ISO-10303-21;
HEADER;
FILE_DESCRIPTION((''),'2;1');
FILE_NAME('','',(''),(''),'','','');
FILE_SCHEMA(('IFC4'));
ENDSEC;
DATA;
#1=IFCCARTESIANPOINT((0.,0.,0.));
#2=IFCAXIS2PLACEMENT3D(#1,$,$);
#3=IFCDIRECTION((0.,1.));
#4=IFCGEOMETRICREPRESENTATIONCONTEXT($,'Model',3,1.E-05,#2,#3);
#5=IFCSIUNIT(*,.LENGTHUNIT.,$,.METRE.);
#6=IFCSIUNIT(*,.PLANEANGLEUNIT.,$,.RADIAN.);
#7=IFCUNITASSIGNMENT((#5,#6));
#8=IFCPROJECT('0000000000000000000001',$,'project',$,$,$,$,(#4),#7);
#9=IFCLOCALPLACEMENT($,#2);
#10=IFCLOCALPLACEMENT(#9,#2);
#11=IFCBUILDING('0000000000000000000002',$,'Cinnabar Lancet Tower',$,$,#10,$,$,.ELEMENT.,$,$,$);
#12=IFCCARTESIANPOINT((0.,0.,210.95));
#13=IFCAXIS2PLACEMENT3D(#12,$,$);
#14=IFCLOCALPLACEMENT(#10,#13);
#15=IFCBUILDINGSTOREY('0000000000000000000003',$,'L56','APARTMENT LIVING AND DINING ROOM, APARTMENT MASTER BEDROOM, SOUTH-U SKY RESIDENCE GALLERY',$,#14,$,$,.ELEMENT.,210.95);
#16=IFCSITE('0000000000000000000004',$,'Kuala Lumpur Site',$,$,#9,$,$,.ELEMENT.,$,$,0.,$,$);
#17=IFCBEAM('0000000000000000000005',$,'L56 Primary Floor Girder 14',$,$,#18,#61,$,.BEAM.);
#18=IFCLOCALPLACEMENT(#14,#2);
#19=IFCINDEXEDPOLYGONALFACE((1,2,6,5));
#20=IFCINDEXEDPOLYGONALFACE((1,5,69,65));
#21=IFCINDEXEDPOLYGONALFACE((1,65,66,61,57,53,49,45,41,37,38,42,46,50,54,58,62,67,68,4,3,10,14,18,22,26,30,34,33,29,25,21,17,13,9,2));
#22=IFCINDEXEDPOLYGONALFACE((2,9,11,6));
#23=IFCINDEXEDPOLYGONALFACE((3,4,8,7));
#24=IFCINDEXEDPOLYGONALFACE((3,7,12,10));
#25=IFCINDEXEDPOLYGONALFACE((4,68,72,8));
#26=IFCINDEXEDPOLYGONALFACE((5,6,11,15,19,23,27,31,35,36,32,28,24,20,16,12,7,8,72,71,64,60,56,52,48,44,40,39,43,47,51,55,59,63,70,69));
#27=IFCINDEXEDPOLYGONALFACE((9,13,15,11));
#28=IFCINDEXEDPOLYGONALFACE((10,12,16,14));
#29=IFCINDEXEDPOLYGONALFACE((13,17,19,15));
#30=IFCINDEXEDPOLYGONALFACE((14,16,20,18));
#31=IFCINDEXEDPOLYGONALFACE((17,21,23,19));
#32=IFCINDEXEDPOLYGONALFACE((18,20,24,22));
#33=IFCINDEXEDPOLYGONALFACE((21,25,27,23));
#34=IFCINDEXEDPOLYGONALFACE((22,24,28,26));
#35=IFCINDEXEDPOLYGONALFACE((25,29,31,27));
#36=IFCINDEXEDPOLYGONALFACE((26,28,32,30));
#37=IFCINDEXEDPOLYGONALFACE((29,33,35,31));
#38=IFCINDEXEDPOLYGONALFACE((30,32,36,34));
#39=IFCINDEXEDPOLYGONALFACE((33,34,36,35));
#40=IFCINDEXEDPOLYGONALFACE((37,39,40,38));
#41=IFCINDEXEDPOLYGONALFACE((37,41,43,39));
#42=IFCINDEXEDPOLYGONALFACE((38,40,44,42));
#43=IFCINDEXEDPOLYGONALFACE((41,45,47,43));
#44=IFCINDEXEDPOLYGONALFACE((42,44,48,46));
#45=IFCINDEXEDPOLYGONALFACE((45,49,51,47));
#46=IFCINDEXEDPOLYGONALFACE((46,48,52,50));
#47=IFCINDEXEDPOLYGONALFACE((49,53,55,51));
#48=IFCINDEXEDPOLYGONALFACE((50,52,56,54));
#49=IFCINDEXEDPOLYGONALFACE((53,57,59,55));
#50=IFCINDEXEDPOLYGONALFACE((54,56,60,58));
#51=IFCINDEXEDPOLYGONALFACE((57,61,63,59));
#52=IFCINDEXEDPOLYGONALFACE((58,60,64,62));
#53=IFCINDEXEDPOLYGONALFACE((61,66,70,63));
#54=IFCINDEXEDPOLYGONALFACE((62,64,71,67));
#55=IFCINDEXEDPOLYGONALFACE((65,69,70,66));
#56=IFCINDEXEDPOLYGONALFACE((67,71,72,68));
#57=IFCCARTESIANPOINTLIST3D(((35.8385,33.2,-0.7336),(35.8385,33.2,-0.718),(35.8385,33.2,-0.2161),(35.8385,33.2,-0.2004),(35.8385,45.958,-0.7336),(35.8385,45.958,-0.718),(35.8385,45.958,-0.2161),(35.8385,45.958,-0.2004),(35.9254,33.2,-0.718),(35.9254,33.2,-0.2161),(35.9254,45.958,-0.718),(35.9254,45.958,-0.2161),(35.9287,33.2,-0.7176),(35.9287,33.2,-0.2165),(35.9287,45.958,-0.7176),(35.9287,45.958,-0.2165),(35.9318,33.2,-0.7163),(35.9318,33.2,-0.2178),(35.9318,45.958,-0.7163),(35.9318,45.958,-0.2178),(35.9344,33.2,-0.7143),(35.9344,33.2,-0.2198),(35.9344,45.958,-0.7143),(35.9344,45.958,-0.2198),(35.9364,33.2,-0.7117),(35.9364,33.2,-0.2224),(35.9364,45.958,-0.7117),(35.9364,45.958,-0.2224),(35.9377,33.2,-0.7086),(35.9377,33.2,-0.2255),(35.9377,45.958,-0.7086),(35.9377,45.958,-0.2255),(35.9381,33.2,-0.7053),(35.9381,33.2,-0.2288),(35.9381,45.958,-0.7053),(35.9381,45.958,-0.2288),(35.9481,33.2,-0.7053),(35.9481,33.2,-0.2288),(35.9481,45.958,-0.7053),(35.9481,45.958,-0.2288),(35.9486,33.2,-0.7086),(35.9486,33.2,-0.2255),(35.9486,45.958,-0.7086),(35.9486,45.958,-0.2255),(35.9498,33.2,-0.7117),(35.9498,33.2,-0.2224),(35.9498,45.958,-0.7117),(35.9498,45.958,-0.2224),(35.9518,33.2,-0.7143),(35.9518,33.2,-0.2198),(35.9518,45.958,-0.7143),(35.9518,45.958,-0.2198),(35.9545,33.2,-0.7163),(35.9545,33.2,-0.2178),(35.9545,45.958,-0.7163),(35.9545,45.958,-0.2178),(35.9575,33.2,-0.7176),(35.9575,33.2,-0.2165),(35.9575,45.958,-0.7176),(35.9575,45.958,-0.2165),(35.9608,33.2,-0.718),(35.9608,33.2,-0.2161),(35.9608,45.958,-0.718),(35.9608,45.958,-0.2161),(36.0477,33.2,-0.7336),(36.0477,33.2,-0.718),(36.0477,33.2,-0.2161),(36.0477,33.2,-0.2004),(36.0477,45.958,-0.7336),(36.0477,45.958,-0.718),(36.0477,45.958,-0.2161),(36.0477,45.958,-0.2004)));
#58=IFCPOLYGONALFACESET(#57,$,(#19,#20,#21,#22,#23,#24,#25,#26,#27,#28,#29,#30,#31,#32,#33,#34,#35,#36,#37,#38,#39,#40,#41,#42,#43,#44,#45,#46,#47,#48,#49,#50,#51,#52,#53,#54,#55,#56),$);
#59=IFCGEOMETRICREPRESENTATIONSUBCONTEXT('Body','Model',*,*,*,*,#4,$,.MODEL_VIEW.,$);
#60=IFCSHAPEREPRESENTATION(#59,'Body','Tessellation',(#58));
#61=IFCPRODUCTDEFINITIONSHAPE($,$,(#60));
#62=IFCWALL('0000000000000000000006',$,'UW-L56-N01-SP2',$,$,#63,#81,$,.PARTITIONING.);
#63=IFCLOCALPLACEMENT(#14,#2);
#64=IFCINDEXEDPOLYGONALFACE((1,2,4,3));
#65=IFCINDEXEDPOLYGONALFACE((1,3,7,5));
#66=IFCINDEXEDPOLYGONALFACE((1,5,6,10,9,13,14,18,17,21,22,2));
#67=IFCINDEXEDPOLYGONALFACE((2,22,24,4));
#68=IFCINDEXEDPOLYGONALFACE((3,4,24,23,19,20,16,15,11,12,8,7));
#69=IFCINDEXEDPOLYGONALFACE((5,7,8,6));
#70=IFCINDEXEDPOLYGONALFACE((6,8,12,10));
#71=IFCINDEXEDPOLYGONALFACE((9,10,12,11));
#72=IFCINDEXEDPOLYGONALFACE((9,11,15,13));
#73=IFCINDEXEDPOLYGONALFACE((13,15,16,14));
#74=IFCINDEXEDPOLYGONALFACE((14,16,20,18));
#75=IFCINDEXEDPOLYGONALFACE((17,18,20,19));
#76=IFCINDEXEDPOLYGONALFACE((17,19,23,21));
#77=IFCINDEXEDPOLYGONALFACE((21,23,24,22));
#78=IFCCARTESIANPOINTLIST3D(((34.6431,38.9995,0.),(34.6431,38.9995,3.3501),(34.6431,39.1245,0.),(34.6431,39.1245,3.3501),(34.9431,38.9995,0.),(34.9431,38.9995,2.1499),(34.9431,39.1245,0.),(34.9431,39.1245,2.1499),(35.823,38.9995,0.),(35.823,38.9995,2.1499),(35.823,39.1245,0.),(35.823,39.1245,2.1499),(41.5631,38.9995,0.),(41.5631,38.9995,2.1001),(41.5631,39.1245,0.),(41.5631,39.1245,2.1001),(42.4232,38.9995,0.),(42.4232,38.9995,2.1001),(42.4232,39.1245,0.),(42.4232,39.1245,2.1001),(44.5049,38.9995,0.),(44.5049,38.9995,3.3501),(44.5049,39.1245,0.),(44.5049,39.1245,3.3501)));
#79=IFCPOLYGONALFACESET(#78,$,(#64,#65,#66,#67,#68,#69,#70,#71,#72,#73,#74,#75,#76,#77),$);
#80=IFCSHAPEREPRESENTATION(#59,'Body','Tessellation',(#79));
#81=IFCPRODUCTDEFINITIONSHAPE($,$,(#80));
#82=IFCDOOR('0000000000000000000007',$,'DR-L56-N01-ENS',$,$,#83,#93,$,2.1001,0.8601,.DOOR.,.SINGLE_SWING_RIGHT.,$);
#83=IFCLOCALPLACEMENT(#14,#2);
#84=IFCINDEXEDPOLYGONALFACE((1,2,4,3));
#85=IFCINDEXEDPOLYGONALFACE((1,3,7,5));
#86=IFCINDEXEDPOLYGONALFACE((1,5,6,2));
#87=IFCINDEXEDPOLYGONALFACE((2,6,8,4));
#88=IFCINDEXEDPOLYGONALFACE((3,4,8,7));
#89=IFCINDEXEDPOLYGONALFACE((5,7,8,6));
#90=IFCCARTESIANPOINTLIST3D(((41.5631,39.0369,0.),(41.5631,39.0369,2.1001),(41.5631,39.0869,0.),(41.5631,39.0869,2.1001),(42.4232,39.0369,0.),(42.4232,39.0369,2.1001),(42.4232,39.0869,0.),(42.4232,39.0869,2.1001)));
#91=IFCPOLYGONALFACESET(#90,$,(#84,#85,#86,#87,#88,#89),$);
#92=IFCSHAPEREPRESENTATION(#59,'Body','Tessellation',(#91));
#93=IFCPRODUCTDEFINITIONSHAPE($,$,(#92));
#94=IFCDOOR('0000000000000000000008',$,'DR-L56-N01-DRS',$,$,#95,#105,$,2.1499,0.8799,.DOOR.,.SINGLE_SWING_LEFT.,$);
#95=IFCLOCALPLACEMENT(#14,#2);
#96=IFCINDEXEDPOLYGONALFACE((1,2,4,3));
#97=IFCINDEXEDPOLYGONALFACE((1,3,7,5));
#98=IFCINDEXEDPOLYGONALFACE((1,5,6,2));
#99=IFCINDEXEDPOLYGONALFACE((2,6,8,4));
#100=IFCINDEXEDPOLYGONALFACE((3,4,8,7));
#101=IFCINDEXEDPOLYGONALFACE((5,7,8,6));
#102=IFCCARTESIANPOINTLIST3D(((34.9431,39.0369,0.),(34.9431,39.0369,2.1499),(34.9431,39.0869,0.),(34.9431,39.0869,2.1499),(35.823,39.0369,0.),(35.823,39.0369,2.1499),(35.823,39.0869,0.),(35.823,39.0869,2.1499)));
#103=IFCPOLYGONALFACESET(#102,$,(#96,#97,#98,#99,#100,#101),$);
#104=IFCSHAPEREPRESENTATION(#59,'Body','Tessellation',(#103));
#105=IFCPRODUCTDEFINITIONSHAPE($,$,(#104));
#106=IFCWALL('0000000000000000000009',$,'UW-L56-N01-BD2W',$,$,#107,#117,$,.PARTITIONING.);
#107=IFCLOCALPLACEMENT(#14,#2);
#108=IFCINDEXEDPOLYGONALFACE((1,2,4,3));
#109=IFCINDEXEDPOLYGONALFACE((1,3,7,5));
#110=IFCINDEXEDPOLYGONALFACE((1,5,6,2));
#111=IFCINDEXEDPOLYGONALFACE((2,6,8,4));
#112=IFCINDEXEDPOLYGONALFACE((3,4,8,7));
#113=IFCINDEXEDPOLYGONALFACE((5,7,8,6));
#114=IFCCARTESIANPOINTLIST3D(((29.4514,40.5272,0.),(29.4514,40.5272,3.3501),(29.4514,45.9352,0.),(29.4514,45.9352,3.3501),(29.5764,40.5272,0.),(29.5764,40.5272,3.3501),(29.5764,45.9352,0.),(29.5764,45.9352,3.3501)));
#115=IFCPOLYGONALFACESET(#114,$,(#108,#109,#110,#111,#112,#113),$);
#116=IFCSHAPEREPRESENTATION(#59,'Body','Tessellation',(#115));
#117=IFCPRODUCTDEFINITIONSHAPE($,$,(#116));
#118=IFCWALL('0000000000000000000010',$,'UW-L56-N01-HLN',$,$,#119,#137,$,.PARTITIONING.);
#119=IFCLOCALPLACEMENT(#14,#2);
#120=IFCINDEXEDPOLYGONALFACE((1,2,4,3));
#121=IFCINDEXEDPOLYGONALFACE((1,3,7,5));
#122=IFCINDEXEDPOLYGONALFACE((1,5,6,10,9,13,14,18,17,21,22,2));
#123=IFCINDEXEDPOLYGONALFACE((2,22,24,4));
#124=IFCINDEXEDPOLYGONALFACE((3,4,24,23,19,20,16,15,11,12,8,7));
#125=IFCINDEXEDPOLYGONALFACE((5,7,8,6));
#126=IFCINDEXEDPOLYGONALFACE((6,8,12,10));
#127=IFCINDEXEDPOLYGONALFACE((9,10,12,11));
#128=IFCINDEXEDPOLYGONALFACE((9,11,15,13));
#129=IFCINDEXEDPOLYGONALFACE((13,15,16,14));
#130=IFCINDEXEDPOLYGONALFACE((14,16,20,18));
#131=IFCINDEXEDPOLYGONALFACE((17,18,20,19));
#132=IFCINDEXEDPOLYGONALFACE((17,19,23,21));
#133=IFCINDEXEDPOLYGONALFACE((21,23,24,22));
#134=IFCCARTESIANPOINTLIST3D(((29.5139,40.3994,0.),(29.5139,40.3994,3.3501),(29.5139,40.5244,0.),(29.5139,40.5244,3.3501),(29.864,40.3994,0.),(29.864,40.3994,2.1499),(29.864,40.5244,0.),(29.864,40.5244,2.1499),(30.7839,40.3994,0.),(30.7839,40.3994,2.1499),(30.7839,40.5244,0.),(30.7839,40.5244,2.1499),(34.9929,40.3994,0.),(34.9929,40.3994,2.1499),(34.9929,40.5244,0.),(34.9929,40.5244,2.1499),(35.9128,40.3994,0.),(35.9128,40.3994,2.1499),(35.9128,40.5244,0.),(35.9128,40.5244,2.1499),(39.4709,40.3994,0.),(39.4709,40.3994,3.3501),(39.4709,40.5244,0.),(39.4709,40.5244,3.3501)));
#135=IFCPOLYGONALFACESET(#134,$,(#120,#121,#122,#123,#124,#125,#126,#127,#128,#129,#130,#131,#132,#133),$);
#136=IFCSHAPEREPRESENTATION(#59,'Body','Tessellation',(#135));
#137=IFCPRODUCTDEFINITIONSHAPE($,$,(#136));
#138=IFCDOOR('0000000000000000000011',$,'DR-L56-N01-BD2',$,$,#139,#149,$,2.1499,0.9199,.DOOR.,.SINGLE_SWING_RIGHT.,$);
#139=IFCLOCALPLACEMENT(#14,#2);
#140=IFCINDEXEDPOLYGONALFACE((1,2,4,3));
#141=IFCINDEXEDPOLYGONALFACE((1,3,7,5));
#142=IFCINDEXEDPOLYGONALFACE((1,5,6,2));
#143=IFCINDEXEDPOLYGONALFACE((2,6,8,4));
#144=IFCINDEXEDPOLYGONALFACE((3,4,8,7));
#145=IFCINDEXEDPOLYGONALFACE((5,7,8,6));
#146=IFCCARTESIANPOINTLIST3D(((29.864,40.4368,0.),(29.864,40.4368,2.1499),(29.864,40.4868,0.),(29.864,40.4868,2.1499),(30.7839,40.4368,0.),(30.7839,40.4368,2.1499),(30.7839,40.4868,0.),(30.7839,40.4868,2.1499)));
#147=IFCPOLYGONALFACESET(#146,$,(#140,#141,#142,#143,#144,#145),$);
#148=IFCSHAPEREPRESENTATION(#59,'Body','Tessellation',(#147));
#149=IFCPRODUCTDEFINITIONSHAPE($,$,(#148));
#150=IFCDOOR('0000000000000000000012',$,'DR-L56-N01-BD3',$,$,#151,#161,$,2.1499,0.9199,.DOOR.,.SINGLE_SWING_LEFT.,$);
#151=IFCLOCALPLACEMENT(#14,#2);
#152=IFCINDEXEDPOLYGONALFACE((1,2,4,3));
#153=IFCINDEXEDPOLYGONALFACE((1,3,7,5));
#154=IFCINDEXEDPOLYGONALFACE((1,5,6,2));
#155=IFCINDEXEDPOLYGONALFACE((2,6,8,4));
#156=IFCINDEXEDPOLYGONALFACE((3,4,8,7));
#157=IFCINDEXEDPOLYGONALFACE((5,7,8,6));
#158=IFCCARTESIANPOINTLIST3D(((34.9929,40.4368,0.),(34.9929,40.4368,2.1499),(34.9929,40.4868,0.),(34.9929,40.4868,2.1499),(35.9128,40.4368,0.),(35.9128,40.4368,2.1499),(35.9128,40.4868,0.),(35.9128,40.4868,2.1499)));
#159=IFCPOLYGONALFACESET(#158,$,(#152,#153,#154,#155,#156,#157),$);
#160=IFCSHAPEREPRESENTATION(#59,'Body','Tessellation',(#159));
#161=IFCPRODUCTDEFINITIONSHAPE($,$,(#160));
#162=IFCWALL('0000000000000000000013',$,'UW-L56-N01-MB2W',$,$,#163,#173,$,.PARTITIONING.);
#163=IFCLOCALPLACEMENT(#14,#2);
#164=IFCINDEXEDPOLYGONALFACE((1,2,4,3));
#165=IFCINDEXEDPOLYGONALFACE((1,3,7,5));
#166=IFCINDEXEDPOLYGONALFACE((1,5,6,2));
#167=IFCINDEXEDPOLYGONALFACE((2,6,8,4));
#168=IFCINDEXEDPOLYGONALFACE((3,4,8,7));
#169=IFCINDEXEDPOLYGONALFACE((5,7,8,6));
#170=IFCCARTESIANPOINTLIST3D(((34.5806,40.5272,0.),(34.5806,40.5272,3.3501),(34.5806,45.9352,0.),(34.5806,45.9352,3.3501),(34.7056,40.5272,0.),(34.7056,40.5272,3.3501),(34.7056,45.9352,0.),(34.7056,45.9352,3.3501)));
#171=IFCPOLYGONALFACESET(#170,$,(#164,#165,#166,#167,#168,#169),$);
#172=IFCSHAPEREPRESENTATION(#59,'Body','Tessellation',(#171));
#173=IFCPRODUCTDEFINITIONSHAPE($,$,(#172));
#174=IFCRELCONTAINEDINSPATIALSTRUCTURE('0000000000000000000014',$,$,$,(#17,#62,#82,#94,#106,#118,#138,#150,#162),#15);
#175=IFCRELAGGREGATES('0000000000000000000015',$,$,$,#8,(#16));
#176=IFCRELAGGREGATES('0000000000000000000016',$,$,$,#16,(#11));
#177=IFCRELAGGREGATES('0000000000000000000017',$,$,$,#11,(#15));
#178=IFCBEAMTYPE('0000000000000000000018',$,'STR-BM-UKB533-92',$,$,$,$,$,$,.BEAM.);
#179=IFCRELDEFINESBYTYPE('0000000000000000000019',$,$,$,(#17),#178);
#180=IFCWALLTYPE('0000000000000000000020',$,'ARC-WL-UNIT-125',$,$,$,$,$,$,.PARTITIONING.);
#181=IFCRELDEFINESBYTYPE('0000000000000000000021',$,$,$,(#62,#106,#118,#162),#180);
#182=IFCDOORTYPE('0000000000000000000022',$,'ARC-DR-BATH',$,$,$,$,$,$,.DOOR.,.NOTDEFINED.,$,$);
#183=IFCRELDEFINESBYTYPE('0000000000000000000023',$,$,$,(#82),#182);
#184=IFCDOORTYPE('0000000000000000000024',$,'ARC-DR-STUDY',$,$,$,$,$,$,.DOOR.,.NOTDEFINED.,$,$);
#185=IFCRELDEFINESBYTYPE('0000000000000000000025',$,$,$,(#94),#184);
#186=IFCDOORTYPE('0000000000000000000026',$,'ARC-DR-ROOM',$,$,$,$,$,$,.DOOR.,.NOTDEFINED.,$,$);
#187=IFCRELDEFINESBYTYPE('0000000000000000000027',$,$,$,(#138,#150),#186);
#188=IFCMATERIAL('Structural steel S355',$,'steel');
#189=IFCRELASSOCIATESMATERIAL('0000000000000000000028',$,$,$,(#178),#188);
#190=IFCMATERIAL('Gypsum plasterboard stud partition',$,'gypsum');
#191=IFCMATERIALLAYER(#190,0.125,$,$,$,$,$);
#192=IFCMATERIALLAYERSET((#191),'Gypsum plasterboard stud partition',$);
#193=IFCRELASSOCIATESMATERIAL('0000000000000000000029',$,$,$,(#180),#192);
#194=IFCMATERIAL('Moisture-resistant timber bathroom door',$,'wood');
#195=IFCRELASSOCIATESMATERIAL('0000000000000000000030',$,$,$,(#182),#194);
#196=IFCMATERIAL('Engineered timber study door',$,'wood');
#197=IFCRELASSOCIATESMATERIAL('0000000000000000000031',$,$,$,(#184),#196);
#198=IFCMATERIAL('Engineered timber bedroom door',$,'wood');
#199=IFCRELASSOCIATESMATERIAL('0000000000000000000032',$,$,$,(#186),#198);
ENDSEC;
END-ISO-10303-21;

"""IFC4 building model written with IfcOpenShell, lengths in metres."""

from ifc_helpers import new_model, si_unit, direction, frame, frame_2d, origin, origin_2d, place, context, subcontext, project, spatial, rectangle, i_section, extrude, material, layer, layer_set, material_profile, profile_set, type_object, element, fill, save


model = new_model("IFC4")

# Units and contexts
model_context = context("Model", 3, precision=1e-05, world=origin(), true_north=direction((0.0, 1.0)))
body_context = subcontext(model_context, "Body", "Model", "MODEL_VIEW")
ifc_project = project(units=[si_unit("LENGTHUNIT", "METRE"), si_unit("PLANEANGLEUNIT", "RADIAN")], contexts=[model_context])

# Site, building, storey
site_placement = place(None, origin())
site = spatial("IfcSite", under=ifc_project, at=site_placement, Name="Kuala Lumpur Site", CompositionType="ELEMENT", RefElevation=0.0)
building_placement = place(site_placement, origin())
building = spatial("IfcBuilding", under=site, at=building_placement, Name="Cinnabar Lancet Tower", CompositionType="ELEMENT")
storey_placement = place(building_placement, frame((0.0, 0.0, 210.95)))
storey = spatial("IfcBuildingStorey", under=building, at=storey_placement, Name="L56", Description="APARTMENT LIVING AND DINING ROOM, APARTMENT MASTER BEDROOM, SOUTH-U SKY RESIDENCE GALLERY", CompositionType="ELEMENT", Elevation=210.95)

# Beam
ifc_material_1 = material(Name="Structural steel S355", Category="steel")
ifc_material_profile_1 = material_profile(ifc_material_1, i_section(OverallWidth=0.2092, OverallDepth=0.5332, WebThickness=0.01, FlangeThickness=0.0156, FilletRadius=0.0127, at=origin_2d()), Name="UKB 533x210x92")
ifc_profile_set_1 = profile_set([ifc_material_profile_1], Name="Structural steel S355")
beam_type_1 = type_object("IfcBeamType", Name="STR-BM-UKB533-92", PredefinedType="BEAM", material=ifc_profile_set_1)
beam_1_placement = place(storey_placement, frame((35.9431, 45.958, -0.467), z_axis=(0.0, -1.0, 0.0), x_axis=(1.0, 0.0, 0.0)))
element("IfcBeam", 1, at=beam_1_placement, inside=storey, type_object=beam_type_1, Name="L56 Primary Floor Girder 14", PredefinedType="BEAM", context=body_context, shape_type="SweptSolid", body=[
    extrude(i_section(OverallWidth=0.2092, OverallDepth=0.5332, WebThickness=0.01, FlangeThickness=0.0156, FilletRadius=0.0127, at=origin_2d()), origin(), (0.0, 0.0, 1.0), 12.7581),
])

# Wall, openings, doors
ifc_material_2 = material(Name="Gypsum plasterboard stud partition", Category="gypsum")
ifc_layer_1 = layer(ifc_material_2, 0.125)
ifc_layer_set_1 = layer_set([ifc_layer_1], Name="Gypsum plasterboard stud partition")
wall_type_1 = type_object("IfcWallType", Name="ARC-WL-UNIT-125", PredefinedType="PARTITIONING", material=ifc_layer_set_1)
wall_1_placement = place(storey_placement, frame((34.6431, 39.062, 0.0), z_axis=(0.0, 0.0, 1.0), x_axis=(1.0, 0.0, 0.0)))
wall_1 = element("IfcWall", 2, at=wall_1_placement, inside=storey, type_object=wall_type_1, Name="UW-L56-N01-SP2", PredefinedType="PARTITIONING", context=body_context, shape_type="SweptSolid", body=[
    extrude(rectangle(XDim=9.8618, YDim=0.125, at=frame_2d((4.9309, 0.0))), origin(), (0.0, 0.0, 1.0), 3.3501),
])
opening_1_placement = place(wall_1_placement, frame((6.9199, 0.0, 0.0)))
opening_1 = element("IfcOpeningElement", 3, at=opening_1_placement, cuts=wall_1, PredefinedType="OPENING", context=body_context, shape_type="SweptSolid", body=[
    extrude(rectangle(XDim=0.8601, YDim=2.1001, at=frame_2d((0.4302, 1.05))), frame((0.0, 0.0725, 0.0), z_axis=(0.0, -1.0, 0.0), x_axis=(1.0, 0.0, 0.0)), (0.0, 0.0, 1.0), 0.145),
])
opening_2_placement = place(wall_1_placement, frame((0.3, 0.0, 0.0)))
opening_2 = element("IfcOpeningElement", 4, at=opening_2_placement, cuts=wall_1, PredefinedType="OPENING", context=body_context, shape_type="SweptSolid", body=[
    extrude(rectangle(XDim=0.8799, YDim=2.1499, at=frame_2d((0.4399, 1.075))), frame((0.0, 0.0725, 0.0), z_axis=(0.0, -1.0, 0.0), x_axis=(1.0, 0.0, 0.0)), (0.0, 0.0, 1.0), 0.145),
])
ifc_material_3 = material(Name="Moisture-resistant timber bathroom door", Category="wood")
door_type_1 = type_object("IfcDoorType", Name="ARC-DR-BATH", OperationType="NOTDEFINED", PredefinedType="DOOR", material=ifc_material_3)
door_1_placement = place(opening_1_placement, origin())
door_1 = element("IfcDoor", 5, at=door_1_placement, inside=storey, type_object=door_type_1, Name="DR-L56-N01-ENS", OperationType="SINGLE_SWING_RIGHT", OverallHeight=2.1001, OverallWidth=0.8601, PredefinedType="DOOR", context=body_context, shape_type="SweptSolid", body=[
    extrude(rectangle(XDim=0.8601, YDim=2.1001, at=frame_2d((0.4302, 1.05))), frame((0.0, 0.0249, 0.0), z_axis=(0.0, -1.0, 0.0), x_axis=(1.0, 0.0, 0.0)), (0.0, 0.0, 1.0), 0.05),
])
fill(opening_1, door_1)
ifc_material_4 = material(Name="Engineered timber study door", Category="wood")
door_type_2 = type_object("IfcDoorType", Name="ARC-DR-STUDY", OperationType="NOTDEFINED", PredefinedType="DOOR", material=ifc_material_4)
door_2_placement = place(opening_2_placement, origin())
door_2 = element("IfcDoor", 6, at=door_2_placement, inside=storey, type_object=door_type_2, Name="DR-L56-N01-DRS", OperationType="SINGLE_SWING_LEFT", OverallHeight=2.1499, OverallWidth=0.8799, PredefinedType="DOOR", context=body_context, shape_type="SweptSolid", body=[
    extrude(rectangle(XDim=0.8799, YDim=2.1499, at=frame_2d((0.4399, 1.075))), frame((0.0, 0.0249, 0.0), z_axis=(0.0, -1.0, 0.0), x_axis=(1.0, 0.0, 0.0)), (0.0, 0.0, 1.0), 0.05),
])
fill(opening_2, door_2)

# Wall
wall_2_placement = place(storey_placement, frame((29.5139, 40.5271, 0.0), z_axis=(0.0, 0.0, 1.0), x_axis=(0.0, 1.0, 0.0)))
element("IfcWall", 7, at=wall_2_placement, inside=storey, type_object=wall_type_1, Name="UW-L56-N01-BD2W", PredefinedType="PARTITIONING", context=body_context, shape_type="SweptSolid", body=[
    extrude(rectangle(XDim=5.408, YDim=0.125, at=frame_2d((2.7041, 0.0))), origin(), (0.0, 0.0, 1.0), 3.3501),
])

# Wall, openings, doors
wall_3_placement = place(storey_placement, frame((29.5139, 40.4619, 0.0), z_axis=(0.0, 0.0, 1.0), x_axis=(1.0, 0.0, 0.0)))
wall_3 = element("IfcWall", 8, at=wall_3_placement, inside=storey, type_object=wall_type_1, Name="UW-L56-N01-HLN", PredefinedType="PARTITIONING", context=body_context, shape_type="SweptSolid", body=[
    extrude(rectangle(XDim=9.957, YDim=0.125, at=frame_2d((4.9785, 0.0))), origin(), (0.0, 0.0, 1.0), 3.3501),
])
opening_3_placement = place(wall_3_placement, frame((0.3501, 0.0, 0.0)))
opening_3 = element("IfcOpeningElement", 9, at=opening_3_placement, cuts=wall_3, PredefinedType="OPENING", context=body_context, shape_type="SweptSolid", body=[
    extrude(rectangle(XDim=0.9199, YDim=2.1499, at=frame_2d((0.46, 1.075))), frame((0.0, 0.0725, 0.0), z_axis=(0.0, -1.0, 0.0), x_axis=(1.0, 0.0, 0.0)), (0.0, 0.0, 1.0), 0.145),
])
opening_4_placement = place(wall_3_placement, frame((5.479, 0.0, 0.0)))
opening_4 = element("IfcOpeningElement", 10, at=opening_4_placement, cuts=wall_3, PredefinedType="OPENING", context=body_context, shape_type="SweptSolid", body=[
    extrude(rectangle(XDim=0.9199, YDim=2.1499, at=frame_2d((0.46, 1.075))), frame((0.0, 0.0725, 0.0), z_axis=(0.0, -1.0, 0.0), x_axis=(1.0, 0.0, 0.0)), (0.0, 0.0, 1.0), 0.145),
])
ifc_material_5 = material(Name="Engineered timber bedroom door", Category="wood")
door_type_3 = type_object("IfcDoorType", Name="ARC-DR-ROOM", OperationType="NOTDEFINED", PredefinedType="DOOR", material=ifc_material_5)
door_3_placement = place(opening_3_placement, origin())
door_3 = element("IfcDoor", 11, at=door_3_placement, inside=storey, type_object=door_type_3, Name="DR-L56-N01-BD2", OperationType="SINGLE_SWING_RIGHT", OverallHeight=2.1499, OverallWidth=0.9199, PredefinedType="DOOR", context=body_context, shape_type="SweptSolid", body=[
    extrude(rectangle(XDim=0.9199, YDim=2.1499, at=frame_2d((0.46, 1.075))), frame((0.0, 0.0249, 0.0), z_axis=(0.0, -1.0, 0.0), x_axis=(1.0, 0.0, 0.0)), (0.0, 0.0, 1.0), 0.05),
])
fill(opening_3, door_3)
door_4_placement = place(opening_4_placement, origin())
door_4 = element("IfcDoor", 12, at=door_4_placement, inside=storey, type_object=door_type_3, Name="DR-L56-N01-BD3", OperationType="SINGLE_SWING_LEFT", OverallHeight=2.1499, OverallWidth=0.9199, PredefinedType="DOOR", context=body_context, shape_type="SweptSolid", body=[
    extrude(rectangle(XDim=0.9199, YDim=2.1499, at=frame_2d((0.46, 1.075))), frame((0.0, 0.0249, 0.0), z_axis=(0.0, -1.0, 0.0), x_axis=(1.0, 0.0, 0.0)), (0.0, 0.0, 1.0), 0.05),
])
fill(opening_4, door_4)

# Wall
for number, where, z_axis, x_axis, name in (
    (13, (34.6431, 40.5271, 0.0), (0.0, 0.0, 1.0), (0.0, 1.0, 0.0), "UW-L56-N01-MB2W"),
):
    element("IfcWall", number, at=place(storey_placement, frame(where, z_axis=z_axis, x_axis=x_axis)), inside=storey, type_object=wall_type_1, Name=name, PredefinedType="PARTITIONING", context=body_context, shape_type="SweptSolid", body=[
        extrude(rectangle(XDim=5.408, YDim=0.125, at=frame_2d((2.7041, 0.0))), origin(), (0.0, 0.0, 1.0), 3.3501),
    ])

save(model, "model.ifc")
